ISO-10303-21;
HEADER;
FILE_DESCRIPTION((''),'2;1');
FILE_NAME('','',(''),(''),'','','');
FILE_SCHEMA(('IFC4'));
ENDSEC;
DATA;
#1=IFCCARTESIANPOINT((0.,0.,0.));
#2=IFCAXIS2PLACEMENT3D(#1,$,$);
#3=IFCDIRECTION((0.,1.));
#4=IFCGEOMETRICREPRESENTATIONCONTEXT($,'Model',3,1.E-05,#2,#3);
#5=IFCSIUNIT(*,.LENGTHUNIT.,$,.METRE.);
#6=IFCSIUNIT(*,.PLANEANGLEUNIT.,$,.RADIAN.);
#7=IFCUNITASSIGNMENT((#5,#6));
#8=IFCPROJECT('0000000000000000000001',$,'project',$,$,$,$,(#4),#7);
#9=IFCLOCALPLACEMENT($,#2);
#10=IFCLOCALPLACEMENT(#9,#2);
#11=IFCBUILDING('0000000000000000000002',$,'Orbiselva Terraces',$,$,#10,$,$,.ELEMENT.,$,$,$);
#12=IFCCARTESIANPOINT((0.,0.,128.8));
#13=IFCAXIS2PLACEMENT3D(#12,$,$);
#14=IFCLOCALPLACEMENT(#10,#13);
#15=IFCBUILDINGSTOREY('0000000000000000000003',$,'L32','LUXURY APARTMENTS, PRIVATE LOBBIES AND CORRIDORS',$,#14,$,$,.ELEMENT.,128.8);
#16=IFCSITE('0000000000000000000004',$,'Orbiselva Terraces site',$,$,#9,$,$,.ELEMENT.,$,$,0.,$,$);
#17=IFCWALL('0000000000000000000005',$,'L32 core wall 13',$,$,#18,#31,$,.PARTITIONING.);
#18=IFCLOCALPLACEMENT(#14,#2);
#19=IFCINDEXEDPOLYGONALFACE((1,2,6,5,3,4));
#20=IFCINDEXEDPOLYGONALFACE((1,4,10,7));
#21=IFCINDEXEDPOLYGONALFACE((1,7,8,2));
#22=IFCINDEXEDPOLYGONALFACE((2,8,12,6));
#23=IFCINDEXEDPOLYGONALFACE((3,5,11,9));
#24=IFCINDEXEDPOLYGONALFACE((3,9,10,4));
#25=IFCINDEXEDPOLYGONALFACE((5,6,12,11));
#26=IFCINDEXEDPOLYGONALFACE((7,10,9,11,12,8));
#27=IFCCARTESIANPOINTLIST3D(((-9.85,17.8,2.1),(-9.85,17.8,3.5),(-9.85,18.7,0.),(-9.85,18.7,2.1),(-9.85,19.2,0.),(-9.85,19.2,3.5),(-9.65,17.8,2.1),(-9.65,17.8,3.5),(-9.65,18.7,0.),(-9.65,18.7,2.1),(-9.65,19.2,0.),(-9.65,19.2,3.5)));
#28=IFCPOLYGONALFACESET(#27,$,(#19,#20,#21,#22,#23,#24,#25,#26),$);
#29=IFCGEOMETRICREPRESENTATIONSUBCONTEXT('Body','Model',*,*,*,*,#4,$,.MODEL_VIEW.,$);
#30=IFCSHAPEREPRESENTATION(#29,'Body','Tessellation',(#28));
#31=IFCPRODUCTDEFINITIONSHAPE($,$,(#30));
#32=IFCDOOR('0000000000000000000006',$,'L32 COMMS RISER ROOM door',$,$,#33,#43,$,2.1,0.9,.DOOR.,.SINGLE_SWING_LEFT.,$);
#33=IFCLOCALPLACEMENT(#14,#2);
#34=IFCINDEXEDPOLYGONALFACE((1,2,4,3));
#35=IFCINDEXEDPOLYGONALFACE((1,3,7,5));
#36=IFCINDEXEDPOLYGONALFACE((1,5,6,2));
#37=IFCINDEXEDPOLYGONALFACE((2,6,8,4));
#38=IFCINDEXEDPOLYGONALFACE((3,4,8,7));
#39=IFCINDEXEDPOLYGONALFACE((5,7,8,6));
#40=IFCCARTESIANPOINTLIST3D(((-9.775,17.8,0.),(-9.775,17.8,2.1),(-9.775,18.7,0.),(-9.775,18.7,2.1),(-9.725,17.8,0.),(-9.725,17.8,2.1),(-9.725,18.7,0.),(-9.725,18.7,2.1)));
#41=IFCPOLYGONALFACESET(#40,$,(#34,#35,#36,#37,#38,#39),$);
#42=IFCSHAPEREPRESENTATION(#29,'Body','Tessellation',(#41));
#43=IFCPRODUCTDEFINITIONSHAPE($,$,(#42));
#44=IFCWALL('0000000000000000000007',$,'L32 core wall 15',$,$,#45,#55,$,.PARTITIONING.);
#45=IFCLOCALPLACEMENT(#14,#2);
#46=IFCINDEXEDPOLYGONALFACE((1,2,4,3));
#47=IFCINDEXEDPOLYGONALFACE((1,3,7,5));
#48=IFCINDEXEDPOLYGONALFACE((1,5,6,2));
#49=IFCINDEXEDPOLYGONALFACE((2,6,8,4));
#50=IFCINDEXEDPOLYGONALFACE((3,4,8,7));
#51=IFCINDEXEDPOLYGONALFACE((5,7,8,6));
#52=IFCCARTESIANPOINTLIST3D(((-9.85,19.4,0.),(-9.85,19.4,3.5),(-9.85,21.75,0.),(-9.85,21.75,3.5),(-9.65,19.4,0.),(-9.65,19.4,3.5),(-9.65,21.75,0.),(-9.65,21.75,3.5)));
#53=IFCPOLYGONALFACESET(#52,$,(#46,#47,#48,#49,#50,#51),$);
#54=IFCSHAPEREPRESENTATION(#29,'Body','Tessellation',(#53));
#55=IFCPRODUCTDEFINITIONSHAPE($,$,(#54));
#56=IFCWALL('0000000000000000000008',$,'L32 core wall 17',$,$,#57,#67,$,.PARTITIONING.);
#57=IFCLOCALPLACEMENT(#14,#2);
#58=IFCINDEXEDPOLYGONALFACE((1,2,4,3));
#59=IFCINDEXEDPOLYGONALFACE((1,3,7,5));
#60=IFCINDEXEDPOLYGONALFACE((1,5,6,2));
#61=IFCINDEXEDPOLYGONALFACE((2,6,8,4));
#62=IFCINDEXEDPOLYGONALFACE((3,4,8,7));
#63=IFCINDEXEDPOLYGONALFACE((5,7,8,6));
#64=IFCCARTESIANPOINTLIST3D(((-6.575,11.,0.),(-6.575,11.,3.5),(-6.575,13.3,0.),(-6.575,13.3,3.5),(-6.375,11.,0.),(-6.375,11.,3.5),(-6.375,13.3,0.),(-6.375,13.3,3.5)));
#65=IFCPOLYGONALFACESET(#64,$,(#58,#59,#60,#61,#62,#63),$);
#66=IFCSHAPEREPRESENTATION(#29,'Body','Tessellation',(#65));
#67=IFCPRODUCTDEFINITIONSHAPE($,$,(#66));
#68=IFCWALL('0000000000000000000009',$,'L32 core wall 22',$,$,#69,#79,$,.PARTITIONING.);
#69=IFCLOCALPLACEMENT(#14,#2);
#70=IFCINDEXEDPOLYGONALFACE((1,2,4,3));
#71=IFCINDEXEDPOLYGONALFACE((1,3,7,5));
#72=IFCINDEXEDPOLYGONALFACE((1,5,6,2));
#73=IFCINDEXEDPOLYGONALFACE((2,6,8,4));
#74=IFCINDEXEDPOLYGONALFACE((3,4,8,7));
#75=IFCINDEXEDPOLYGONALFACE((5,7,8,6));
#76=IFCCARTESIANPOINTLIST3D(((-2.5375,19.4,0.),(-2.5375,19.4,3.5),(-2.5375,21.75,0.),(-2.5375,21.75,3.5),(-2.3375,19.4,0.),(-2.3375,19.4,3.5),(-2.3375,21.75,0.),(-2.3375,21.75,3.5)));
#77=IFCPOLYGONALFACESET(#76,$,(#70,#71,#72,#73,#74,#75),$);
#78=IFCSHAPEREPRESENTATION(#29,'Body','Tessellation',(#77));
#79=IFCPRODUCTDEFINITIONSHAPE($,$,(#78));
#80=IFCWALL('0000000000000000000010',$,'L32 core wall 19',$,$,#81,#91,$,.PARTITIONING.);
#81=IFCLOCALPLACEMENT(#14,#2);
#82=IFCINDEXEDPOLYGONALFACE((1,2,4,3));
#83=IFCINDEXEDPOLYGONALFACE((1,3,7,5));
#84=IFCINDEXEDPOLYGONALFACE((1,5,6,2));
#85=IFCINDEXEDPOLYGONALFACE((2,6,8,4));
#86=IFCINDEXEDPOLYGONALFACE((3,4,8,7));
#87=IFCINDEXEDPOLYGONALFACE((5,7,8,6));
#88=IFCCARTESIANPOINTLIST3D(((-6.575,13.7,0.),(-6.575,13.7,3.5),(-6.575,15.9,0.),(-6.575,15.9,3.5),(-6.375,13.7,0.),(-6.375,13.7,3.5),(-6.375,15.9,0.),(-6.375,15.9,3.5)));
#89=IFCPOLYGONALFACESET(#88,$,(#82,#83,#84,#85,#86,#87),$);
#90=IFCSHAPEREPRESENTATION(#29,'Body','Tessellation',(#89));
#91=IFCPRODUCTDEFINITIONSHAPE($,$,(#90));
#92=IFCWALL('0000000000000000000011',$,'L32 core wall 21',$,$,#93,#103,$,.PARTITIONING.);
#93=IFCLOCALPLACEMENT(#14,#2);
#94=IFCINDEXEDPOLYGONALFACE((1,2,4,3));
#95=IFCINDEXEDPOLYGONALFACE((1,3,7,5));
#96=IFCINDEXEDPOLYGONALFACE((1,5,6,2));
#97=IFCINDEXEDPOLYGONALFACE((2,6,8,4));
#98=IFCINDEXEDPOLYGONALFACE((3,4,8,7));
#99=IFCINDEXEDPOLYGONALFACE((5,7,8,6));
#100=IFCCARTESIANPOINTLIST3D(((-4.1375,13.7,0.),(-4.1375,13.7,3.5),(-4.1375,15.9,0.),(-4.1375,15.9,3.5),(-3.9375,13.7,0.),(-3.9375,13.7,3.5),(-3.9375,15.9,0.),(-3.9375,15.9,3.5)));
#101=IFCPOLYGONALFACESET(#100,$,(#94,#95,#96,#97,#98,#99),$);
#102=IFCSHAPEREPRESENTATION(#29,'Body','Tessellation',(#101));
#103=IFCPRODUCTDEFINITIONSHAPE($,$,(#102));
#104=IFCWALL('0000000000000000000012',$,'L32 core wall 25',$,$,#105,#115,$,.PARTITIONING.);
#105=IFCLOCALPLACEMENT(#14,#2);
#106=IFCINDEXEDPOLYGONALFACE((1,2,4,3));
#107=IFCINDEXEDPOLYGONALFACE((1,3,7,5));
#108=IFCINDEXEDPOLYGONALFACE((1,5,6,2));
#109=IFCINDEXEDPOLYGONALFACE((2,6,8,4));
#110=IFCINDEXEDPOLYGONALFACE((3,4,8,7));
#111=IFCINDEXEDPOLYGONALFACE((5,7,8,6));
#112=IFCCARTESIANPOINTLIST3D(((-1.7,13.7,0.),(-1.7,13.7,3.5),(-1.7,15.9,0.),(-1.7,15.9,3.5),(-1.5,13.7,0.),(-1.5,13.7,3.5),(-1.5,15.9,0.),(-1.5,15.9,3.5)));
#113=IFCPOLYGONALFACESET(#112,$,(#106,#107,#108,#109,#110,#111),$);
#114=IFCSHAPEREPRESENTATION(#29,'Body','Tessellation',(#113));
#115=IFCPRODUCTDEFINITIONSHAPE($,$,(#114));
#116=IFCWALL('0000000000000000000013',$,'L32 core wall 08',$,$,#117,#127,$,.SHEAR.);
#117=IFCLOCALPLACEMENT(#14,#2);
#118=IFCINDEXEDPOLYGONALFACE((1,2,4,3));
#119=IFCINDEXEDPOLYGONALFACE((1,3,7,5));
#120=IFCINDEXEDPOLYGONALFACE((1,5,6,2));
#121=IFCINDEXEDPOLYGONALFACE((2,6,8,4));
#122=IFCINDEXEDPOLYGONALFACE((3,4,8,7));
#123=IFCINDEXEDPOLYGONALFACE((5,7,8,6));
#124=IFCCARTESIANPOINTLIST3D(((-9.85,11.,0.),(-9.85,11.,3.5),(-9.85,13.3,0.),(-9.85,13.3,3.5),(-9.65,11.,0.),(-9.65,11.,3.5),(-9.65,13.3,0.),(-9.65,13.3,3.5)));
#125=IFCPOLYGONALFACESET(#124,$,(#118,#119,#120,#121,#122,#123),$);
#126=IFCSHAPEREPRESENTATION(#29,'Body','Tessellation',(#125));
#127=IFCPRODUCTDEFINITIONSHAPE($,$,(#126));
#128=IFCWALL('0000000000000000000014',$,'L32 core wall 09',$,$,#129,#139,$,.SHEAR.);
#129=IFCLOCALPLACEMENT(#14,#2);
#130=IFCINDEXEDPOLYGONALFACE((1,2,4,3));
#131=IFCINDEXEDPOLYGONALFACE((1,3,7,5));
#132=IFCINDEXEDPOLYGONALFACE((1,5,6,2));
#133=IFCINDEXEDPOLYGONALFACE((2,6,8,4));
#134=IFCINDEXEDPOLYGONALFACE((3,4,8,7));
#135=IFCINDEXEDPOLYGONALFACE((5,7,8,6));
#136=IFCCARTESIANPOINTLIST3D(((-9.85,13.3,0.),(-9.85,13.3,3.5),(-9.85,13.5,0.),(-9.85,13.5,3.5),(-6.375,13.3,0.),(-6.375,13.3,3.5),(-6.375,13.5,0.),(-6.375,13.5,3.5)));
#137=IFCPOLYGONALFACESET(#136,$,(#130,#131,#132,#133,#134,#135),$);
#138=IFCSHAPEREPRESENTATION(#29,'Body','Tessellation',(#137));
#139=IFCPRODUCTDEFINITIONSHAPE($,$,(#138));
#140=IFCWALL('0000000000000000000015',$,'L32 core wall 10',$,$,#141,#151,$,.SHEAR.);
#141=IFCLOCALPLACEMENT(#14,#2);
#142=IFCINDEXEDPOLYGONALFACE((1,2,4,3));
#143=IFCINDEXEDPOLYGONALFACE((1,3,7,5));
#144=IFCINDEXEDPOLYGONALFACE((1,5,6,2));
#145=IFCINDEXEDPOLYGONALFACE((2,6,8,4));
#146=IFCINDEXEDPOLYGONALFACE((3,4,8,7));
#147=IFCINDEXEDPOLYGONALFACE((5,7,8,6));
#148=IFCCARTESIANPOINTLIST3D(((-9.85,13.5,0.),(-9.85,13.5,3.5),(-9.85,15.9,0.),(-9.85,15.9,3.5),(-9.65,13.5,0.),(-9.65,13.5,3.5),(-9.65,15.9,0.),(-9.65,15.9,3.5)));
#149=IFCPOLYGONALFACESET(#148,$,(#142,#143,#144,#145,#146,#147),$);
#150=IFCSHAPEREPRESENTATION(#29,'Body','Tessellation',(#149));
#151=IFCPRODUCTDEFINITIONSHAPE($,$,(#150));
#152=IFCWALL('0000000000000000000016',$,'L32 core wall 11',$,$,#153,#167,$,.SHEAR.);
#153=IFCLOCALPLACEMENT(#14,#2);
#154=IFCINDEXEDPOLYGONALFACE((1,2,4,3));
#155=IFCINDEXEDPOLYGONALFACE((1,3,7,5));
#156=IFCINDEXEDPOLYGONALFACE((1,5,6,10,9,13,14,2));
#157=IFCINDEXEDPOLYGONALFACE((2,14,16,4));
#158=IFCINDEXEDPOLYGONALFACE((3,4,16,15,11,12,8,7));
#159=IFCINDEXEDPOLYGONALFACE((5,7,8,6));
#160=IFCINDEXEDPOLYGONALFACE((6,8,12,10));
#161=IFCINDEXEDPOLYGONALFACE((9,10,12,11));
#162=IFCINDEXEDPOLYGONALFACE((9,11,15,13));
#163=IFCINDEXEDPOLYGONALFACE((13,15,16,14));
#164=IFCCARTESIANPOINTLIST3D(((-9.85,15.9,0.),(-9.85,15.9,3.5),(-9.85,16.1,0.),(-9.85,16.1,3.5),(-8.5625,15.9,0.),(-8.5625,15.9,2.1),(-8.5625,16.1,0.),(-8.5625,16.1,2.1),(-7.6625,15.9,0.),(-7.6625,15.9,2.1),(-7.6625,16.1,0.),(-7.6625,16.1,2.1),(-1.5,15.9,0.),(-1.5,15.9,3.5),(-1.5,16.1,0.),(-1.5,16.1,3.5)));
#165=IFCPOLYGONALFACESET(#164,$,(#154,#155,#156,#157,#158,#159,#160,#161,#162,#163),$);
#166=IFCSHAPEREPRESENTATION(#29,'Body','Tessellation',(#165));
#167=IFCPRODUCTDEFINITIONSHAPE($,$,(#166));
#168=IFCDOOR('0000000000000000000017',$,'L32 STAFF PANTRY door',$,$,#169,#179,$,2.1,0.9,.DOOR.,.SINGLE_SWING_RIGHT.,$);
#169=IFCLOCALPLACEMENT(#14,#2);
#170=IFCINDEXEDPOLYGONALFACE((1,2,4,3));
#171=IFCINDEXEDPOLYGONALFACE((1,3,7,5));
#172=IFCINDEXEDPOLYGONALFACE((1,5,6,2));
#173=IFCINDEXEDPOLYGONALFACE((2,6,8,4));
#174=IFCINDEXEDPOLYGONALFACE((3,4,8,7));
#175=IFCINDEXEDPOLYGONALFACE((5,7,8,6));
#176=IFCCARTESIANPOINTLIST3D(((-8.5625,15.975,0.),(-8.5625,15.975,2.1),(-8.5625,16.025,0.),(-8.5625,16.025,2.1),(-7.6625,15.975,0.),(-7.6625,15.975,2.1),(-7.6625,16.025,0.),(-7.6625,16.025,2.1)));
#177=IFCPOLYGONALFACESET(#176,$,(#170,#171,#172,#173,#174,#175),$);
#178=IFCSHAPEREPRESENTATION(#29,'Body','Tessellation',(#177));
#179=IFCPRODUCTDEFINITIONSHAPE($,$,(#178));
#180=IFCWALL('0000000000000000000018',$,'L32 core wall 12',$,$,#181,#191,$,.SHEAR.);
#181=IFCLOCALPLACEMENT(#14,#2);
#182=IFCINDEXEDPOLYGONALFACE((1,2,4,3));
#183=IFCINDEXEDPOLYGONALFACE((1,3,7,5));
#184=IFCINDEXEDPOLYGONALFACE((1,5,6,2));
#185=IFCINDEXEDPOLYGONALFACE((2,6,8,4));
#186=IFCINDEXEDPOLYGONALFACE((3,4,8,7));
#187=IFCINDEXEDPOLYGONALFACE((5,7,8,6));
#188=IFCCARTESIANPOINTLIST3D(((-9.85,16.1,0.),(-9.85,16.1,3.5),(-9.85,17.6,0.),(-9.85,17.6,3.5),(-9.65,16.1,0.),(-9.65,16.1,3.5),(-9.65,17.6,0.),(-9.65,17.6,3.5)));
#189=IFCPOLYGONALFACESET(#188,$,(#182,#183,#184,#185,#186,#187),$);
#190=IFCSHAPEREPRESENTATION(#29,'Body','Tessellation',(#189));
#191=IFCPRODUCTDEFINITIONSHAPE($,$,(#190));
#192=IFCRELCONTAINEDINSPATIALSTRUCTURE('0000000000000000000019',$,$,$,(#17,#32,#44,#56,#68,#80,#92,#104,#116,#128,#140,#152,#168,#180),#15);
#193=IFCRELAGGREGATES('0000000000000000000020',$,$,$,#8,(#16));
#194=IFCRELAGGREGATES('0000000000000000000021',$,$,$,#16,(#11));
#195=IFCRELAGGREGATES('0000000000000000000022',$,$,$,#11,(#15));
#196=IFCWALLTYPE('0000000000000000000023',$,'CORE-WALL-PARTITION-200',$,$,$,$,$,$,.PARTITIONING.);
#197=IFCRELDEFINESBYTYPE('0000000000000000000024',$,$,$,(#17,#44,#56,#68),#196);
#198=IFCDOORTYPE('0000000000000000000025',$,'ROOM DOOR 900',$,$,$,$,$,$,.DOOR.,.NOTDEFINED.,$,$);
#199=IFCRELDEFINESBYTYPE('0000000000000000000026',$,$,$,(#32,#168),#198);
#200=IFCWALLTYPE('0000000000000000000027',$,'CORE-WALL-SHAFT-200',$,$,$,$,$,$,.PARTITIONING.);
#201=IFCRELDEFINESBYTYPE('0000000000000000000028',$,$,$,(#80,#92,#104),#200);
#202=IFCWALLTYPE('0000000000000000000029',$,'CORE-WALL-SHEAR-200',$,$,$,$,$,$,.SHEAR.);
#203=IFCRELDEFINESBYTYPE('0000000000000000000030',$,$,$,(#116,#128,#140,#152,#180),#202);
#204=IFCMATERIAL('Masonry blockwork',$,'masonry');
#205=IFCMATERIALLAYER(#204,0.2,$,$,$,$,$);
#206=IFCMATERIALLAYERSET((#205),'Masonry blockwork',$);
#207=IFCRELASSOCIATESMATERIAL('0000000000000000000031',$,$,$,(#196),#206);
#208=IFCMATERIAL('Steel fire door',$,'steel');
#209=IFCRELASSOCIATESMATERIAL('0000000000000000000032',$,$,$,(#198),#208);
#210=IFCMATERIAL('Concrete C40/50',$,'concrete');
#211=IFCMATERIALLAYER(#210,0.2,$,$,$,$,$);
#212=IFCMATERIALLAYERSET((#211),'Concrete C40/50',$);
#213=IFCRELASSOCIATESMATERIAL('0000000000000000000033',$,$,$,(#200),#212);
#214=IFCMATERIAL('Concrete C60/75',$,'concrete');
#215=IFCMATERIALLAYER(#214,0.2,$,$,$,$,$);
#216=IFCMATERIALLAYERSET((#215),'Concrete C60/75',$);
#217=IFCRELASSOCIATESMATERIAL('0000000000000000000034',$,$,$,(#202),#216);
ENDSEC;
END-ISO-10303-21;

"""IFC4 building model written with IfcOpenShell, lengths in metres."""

from ifc_helpers import new_model, si_unit, direction, frame, frame_2d, origin, place, context, subcontext, project, spatial, rectangle, extrude, material, layer, layer_set, type_object, element, fill, save


model = new_model("IFC4")

# Units and contexts
model_context = context("Model", 3, precision=1e-05, world=origin(), true_north=direction((0.0, 1.0)))
body_context = subcontext(model_context, "Body", "Model", "MODEL_VIEW")
ifc_project = project(units=[si_unit("LENGTHUNIT", "METRE"), si_unit("PLANEANGLEUNIT", "RADIAN")], contexts=[model_context])

# Site, building, storey
site_placement = place(None, origin())
site = spatial("IfcSite", under=ifc_project, at=site_placement, Name="Orbiselva Terraces site", CompositionType="ELEMENT", RefElevation=0.0)
building_placement = place(site_placement, origin())
building = spatial("IfcBuilding", under=site, at=building_placement, Name="Orbiselva Terraces", CompositionType="ELEMENT")
storey_placement = place(building_placement, frame((0.0, 0.0, 128.8)))
storey = spatial("IfcBuildingStorey", under=building, at=storey_placement, Name="L32", Description="LUXURY APARTMENTS, PRIVATE LOBBIES AND CORRIDORS", CompositionType="ELEMENT", Elevation=128.8)

# Wall, opening, door
ifc_material_1 = material(Name="Masonry blockwork", Category="masonry")
ifc_layer_1 = layer(ifc_material_1, 0.2)
ifc_layer_set_1 = layer_set([ifc_layer_1], Name="Masonry blockwork")
wall_type_1 = type_object("IfcWallType", Name="CORE-WALL-PARTITION-200", PredefinedType="PARTITIONING", material=ifc_layer_set_1)
wall_1_placement = place(storey_placement, frame((-9.75, 17.8, 0.0), z_axis=(0.0, 0.0, 1.0), x_axis=(0.0, 1.0, 0.0)))
wall_1 = element("IfcWall", 1, at=wall_1_placement, inside=storey, type_object=wall_type_1, Name="L32 core wall 13", PredefinedType="PARTITIONING", context=body_context, shape_type="SweptSolid", body=[
    extrude(rectangle(XDim=1.4, YDim=0.2, at=frame_2d((0.7, 0.0))), origin(), (0.0, 0.0, 1.0), 3.5),
])
opening_1_placement = place(wall_1_placement, origin())
opening_1 = element("IfcOpeningElement", 2, at=opening_1_placement, cuts=wall_1, PredefinedType="OPENING", context=body_context, shape_type="SweptSolid", body=[
    extrude(rectangle(XDim=0.9, YDim=2.1, at=frame_2d((0.45, 1.05))), frame((0.0, 0.11, 0.0), z_axis=(0.0, -1.0, 0.0), x_axis=(1.0, 0.0, 0.0)), (0.0, 0.0, 1.0), 0.22),
])
ifc_material_2 = material(Name="Steel fire door", Category="steel")
door_type_1 = type_object("IfcDoorType", Name="ROOM DOOR 900", OperationType="NOTDEFINED", PredefinedType="DOOR", material=ifc_material_2)
door_1_placement = place(opening_1_placement, origin())
door_1 = element("IfcDoor", 3, at=door_1_placement, inside=storey, type_object=door_type_1, Name="L32 COMMS RISER ROOM door", OperationType="SINGLE_SWING_LEFT", OverallHeight=2.1, OverallWidth=0.9, PredefinedType="DOOR", context=body_context, shape_type="SweptSolid", body=[
    extrude(rectangle(XDim=0.9, YDim=2.1, at=frame_2d((0.45, 1.05))), frame((0.0, 0.025, 0.0), z_axis=(0.0, -1.0, 0.0), x_axis=(1.0, 0.0, 0.0)), (0.0, 0.0, 1.0), 0.05),
])
fill(opening_1, door_1)

# Walls
wall_2_placement = place(storey_placement, frame((-9.75, 19.4, 0.0), z_axis=(0.0, 0.0, 1.0), x_axis=(0.0, 1.0, 0.0)))
element("IfcWall", 4, at=wall_2_placement, inside=storey, type_object=wall_type_1, Name="L32 core wall 15", PredefinedType="PARTITIONING", context=body_context, shape_type="SweptSolid", body=[
    extrude(rectangle(XDim=2.35, YDim=0.2, at=frame_2d((1.175, 0.0))), origin(), (0.0, 0.0, 1.0), 3.5),
])
wall_3_placement = place(storey_placement, frame((-6.475, 11.0, 0.0), z_axis=(0.0, 0.0, 1.0), x_axis=(0.0, 1.0, 0.0)))
element("IfcWall", 5, at=wall_3_placement, inside=storey, type_object=wall_type_1, Name="L32 core wall 17", PredefinedType="PARTITIONING", context=body_context, shape_type="SweptSolid", body=[
    extrude(rectangle(XDim=2.3, YDim=0.2, at=frame_2d((1.15, 0.0))), origin(), (0.0, 0.0, 1.0), 3.5),
])
wall_4_placement = place(storey_placement, frame((-2.4375, 19.4, 0.0), z_axis=(0.0, 0.0, 1.0), x_axis=(0.0, 1.0, 0.0)))
element("IfcWall", 6, at=wall_4_placement, inside=storey, type_object=wall_type_1, Name="L32 core wall 22", PredefinedType="PARTITIONING", context=body_context, shape_type="SweptSolid", body=[
    extrude(rectangle(XDim=2.35, YDim=0.2, at=frame_2d((1.175, 0.0))), origin(), (0.0, 0.0, 1.0), 3.5),
])
ifc_material_3 = material(Name="Concrete C40/50", Category="concrete")
ifc_layer_2 = layer(ifc_material_3, 0.2)
ifc_layer_set_2 = layer_set([ifc_layer_2], Name="Concrete C40/50")
wall_type_2 = type_object("IfcWallType", Name="CORE-WALL-SHAFT-200", PredefinedType="PARTITIONING", material=ifc_layer_set_2)
for number, where, z_axis, x_axis, name in (
    (7, (-6.475, 13.7, 0.0), (0.0, 0.0, 1.0), (0.0, 1.0, 0.0), "L32 core wall 19"),
    (8, (-4.0375, 13.7, 0.0), (0.0, 0.0, 1.0), (0.0, 1.0, 0.0), "L32 core wall 21"),
    (9, (-1.6, 13.7, 0.0), (0.0, 0.0, 1.0), (0.0, 1.0, 0.0), "L32 core wall 25"),
):
    element("IfcWall", number, at=place(storey_placement, frame(where, z_axis=z_axis, x_axis=x_axis)), inside=storey, type_object=wall_type_2, Name=name, PredefinedType="PARTITIONING", context=body_context, shape_type="SweptSolid", body=[
        extrude(rectangle(XDim=2.2, YDim=0.2, at=frame_2d((1.1, 0.0))), origin(), (0.0, 0.0, 1.0), 3.5),
    ])
ifc_material_4 = material(Name="Concrete C60/75", Category="concrete")
ifc_layer_3 = layer(ifc_material_4, 0.2)
ifc_layer_set_3 = layer_set([ifc_layer_3], Name="Concrete C60/75")
wall_type_3 = type_object("IfcWallType", Name="CORE-WALL-SHEAR-200", PredefinedType="SHEAR", material=ifc_layer_set_3)
wall_5_placement = place(storey_placement, frame((-9.75, 11.0, 0.0), z_axis=(0.0, 0.0, 1.0), x_axis=(0.0, 1.0, 0.0)))
element("IfcWall", 10, at=wall_5_placement, inside=storey, type_object=wall_type_3, Name="L32 core wall 08", PredefinedType="SHEAR", context=body_context, shape_type="SweptSolid", body=[
    extrude(rectangle(XDim=2.3, YDim=0.2, at=frame_2d((1.15, 0.0))), origin(), (0.0, 0.0, 1.0), 3.5),
])
wall_6_placement = place(storey_placement, frame((-9.85, 13.4, 0.0), z_axis=(0.0, 0.0, 1.0), x_axis=(1.0, 0.0, 0.0)))
element("IfcWall", 11, at=wall_6_placement, inside=storey, type_object=wall_type_3, Name="L32 core wall 09", PredefinedType="SHEAR", context=body_context, shape_type="SweptSolid", body=[
    extrude(rectangle(XDim=3.475, YDim=0.2, at=frame_2d((1.7375, 0.0))), origin(), (0.0, 0.0, 1.0), 3.5),
])
wall_7_placement = place(storey_placement, frame((-9.75, 13.5, 0.0), z_axis=(0.0, 0.0, 1.0), x_axis=(0.0, 1.0, 0.0)))
element("IfcWall", 12, at=wall_7_placement, inside=storey, type_object=wall_type_3, Name="L32 core wall 10", PredefinedType="SHEAR", context=body_context, shape_type="SweptSolid", body=[
    extrude(rectangle(XDim=2.4, YDim=0.2, at=frame_2d((1.2, 0.0))), origin(), (0.0, 0.0, 1.0), 3.5),
])

# Wall, opening, door
wall_8_placement = place(storey_placement, frame((-1.5, 16.0, 0.0), z_axis=(0.0, 0.0, 1.0), x_axis=(-1.0, 0.0, 0.0)))
wall_8 = element("IfcWall", 13, at=wall_8_placement, inside=storey, type_object=wall_type_3, Name="L32 core wall 11", PredefinedType="SHEAR", context=body_context, shape_type="SweptSolid", body=[
    extrude(rectangle(XDim=8.35, YDim=0.2, at=frame_2d((4.175, 0.0))), origin(), (0.0, 0.0, 1.0), 3.5),
])
opening_2_placement = place(wall_8_placement, frame((6.1625, 0.0, 0.0)))
opening_2 = element("IfcOpeningElement", 14, at=opening_2_placement, cuts=wall_8, PredefinedType="OPENING", context=body_context, shape_type="SweptSolid", body=[
    extrude(rectangle(XDim=0.9, YDim=2.1, at=frame_2d((0.45, 1.05))), frame((0.0, 0.11, 0.0), z_axis=(0.0, -1.0, 0.0), x_axis=(1.0, 0.0, 0.0)), (0.0, 0.0, 1.0), 0.22),
])
door_2_placement = place(opening_2_placement, origin())
door_2 = element("IfcDoor", 15, at=door_2_placement, inside=storey, type_object=door_type_1, Name="L32 STAFF PANTRY door", OperationType="SINGLE_SWING_RIGHT", OverallHeight=2.1, OverallWidth=0.9, PredefinedType="DOOR", context=body_context, shape_type="SweptSolid", body=[
    extrude(rectangle(XDim=0.9, YDim=2.1, at=frame_2d((0.45, 1.05))), frame((0.0, 0.025, 0.0), z_axis=(0.0, -1.0, 0.0), x_axis=(1.0, 0.0, 0.0)), (0.0, 0.0, 1.0), 0.05),
])
fill(opening_2, door_2)

# Wall
wall_9_placement = place(storey_placement, frame((-9.75, 16.1, 0.0), z_axis=(0.0, 0.0, 1.0), x_axis=(0.0, 1.0, 0.0)))
element("IfcWall", 16, at=wall_9_placement, inside=storey, type_object=wall_type_3, Name="L32 core wall 12", PredefinedType="SHEAR", context=body_context, shape_type="SweptSolid", body=[
    extrude(rectangle(XDim=1.5, YDim=0.2, at=frame_2d((0.75, 0.0))), origin(), (0.0, 0.0, 1.0), 3.5),
])

save(model, "model.ifc")
